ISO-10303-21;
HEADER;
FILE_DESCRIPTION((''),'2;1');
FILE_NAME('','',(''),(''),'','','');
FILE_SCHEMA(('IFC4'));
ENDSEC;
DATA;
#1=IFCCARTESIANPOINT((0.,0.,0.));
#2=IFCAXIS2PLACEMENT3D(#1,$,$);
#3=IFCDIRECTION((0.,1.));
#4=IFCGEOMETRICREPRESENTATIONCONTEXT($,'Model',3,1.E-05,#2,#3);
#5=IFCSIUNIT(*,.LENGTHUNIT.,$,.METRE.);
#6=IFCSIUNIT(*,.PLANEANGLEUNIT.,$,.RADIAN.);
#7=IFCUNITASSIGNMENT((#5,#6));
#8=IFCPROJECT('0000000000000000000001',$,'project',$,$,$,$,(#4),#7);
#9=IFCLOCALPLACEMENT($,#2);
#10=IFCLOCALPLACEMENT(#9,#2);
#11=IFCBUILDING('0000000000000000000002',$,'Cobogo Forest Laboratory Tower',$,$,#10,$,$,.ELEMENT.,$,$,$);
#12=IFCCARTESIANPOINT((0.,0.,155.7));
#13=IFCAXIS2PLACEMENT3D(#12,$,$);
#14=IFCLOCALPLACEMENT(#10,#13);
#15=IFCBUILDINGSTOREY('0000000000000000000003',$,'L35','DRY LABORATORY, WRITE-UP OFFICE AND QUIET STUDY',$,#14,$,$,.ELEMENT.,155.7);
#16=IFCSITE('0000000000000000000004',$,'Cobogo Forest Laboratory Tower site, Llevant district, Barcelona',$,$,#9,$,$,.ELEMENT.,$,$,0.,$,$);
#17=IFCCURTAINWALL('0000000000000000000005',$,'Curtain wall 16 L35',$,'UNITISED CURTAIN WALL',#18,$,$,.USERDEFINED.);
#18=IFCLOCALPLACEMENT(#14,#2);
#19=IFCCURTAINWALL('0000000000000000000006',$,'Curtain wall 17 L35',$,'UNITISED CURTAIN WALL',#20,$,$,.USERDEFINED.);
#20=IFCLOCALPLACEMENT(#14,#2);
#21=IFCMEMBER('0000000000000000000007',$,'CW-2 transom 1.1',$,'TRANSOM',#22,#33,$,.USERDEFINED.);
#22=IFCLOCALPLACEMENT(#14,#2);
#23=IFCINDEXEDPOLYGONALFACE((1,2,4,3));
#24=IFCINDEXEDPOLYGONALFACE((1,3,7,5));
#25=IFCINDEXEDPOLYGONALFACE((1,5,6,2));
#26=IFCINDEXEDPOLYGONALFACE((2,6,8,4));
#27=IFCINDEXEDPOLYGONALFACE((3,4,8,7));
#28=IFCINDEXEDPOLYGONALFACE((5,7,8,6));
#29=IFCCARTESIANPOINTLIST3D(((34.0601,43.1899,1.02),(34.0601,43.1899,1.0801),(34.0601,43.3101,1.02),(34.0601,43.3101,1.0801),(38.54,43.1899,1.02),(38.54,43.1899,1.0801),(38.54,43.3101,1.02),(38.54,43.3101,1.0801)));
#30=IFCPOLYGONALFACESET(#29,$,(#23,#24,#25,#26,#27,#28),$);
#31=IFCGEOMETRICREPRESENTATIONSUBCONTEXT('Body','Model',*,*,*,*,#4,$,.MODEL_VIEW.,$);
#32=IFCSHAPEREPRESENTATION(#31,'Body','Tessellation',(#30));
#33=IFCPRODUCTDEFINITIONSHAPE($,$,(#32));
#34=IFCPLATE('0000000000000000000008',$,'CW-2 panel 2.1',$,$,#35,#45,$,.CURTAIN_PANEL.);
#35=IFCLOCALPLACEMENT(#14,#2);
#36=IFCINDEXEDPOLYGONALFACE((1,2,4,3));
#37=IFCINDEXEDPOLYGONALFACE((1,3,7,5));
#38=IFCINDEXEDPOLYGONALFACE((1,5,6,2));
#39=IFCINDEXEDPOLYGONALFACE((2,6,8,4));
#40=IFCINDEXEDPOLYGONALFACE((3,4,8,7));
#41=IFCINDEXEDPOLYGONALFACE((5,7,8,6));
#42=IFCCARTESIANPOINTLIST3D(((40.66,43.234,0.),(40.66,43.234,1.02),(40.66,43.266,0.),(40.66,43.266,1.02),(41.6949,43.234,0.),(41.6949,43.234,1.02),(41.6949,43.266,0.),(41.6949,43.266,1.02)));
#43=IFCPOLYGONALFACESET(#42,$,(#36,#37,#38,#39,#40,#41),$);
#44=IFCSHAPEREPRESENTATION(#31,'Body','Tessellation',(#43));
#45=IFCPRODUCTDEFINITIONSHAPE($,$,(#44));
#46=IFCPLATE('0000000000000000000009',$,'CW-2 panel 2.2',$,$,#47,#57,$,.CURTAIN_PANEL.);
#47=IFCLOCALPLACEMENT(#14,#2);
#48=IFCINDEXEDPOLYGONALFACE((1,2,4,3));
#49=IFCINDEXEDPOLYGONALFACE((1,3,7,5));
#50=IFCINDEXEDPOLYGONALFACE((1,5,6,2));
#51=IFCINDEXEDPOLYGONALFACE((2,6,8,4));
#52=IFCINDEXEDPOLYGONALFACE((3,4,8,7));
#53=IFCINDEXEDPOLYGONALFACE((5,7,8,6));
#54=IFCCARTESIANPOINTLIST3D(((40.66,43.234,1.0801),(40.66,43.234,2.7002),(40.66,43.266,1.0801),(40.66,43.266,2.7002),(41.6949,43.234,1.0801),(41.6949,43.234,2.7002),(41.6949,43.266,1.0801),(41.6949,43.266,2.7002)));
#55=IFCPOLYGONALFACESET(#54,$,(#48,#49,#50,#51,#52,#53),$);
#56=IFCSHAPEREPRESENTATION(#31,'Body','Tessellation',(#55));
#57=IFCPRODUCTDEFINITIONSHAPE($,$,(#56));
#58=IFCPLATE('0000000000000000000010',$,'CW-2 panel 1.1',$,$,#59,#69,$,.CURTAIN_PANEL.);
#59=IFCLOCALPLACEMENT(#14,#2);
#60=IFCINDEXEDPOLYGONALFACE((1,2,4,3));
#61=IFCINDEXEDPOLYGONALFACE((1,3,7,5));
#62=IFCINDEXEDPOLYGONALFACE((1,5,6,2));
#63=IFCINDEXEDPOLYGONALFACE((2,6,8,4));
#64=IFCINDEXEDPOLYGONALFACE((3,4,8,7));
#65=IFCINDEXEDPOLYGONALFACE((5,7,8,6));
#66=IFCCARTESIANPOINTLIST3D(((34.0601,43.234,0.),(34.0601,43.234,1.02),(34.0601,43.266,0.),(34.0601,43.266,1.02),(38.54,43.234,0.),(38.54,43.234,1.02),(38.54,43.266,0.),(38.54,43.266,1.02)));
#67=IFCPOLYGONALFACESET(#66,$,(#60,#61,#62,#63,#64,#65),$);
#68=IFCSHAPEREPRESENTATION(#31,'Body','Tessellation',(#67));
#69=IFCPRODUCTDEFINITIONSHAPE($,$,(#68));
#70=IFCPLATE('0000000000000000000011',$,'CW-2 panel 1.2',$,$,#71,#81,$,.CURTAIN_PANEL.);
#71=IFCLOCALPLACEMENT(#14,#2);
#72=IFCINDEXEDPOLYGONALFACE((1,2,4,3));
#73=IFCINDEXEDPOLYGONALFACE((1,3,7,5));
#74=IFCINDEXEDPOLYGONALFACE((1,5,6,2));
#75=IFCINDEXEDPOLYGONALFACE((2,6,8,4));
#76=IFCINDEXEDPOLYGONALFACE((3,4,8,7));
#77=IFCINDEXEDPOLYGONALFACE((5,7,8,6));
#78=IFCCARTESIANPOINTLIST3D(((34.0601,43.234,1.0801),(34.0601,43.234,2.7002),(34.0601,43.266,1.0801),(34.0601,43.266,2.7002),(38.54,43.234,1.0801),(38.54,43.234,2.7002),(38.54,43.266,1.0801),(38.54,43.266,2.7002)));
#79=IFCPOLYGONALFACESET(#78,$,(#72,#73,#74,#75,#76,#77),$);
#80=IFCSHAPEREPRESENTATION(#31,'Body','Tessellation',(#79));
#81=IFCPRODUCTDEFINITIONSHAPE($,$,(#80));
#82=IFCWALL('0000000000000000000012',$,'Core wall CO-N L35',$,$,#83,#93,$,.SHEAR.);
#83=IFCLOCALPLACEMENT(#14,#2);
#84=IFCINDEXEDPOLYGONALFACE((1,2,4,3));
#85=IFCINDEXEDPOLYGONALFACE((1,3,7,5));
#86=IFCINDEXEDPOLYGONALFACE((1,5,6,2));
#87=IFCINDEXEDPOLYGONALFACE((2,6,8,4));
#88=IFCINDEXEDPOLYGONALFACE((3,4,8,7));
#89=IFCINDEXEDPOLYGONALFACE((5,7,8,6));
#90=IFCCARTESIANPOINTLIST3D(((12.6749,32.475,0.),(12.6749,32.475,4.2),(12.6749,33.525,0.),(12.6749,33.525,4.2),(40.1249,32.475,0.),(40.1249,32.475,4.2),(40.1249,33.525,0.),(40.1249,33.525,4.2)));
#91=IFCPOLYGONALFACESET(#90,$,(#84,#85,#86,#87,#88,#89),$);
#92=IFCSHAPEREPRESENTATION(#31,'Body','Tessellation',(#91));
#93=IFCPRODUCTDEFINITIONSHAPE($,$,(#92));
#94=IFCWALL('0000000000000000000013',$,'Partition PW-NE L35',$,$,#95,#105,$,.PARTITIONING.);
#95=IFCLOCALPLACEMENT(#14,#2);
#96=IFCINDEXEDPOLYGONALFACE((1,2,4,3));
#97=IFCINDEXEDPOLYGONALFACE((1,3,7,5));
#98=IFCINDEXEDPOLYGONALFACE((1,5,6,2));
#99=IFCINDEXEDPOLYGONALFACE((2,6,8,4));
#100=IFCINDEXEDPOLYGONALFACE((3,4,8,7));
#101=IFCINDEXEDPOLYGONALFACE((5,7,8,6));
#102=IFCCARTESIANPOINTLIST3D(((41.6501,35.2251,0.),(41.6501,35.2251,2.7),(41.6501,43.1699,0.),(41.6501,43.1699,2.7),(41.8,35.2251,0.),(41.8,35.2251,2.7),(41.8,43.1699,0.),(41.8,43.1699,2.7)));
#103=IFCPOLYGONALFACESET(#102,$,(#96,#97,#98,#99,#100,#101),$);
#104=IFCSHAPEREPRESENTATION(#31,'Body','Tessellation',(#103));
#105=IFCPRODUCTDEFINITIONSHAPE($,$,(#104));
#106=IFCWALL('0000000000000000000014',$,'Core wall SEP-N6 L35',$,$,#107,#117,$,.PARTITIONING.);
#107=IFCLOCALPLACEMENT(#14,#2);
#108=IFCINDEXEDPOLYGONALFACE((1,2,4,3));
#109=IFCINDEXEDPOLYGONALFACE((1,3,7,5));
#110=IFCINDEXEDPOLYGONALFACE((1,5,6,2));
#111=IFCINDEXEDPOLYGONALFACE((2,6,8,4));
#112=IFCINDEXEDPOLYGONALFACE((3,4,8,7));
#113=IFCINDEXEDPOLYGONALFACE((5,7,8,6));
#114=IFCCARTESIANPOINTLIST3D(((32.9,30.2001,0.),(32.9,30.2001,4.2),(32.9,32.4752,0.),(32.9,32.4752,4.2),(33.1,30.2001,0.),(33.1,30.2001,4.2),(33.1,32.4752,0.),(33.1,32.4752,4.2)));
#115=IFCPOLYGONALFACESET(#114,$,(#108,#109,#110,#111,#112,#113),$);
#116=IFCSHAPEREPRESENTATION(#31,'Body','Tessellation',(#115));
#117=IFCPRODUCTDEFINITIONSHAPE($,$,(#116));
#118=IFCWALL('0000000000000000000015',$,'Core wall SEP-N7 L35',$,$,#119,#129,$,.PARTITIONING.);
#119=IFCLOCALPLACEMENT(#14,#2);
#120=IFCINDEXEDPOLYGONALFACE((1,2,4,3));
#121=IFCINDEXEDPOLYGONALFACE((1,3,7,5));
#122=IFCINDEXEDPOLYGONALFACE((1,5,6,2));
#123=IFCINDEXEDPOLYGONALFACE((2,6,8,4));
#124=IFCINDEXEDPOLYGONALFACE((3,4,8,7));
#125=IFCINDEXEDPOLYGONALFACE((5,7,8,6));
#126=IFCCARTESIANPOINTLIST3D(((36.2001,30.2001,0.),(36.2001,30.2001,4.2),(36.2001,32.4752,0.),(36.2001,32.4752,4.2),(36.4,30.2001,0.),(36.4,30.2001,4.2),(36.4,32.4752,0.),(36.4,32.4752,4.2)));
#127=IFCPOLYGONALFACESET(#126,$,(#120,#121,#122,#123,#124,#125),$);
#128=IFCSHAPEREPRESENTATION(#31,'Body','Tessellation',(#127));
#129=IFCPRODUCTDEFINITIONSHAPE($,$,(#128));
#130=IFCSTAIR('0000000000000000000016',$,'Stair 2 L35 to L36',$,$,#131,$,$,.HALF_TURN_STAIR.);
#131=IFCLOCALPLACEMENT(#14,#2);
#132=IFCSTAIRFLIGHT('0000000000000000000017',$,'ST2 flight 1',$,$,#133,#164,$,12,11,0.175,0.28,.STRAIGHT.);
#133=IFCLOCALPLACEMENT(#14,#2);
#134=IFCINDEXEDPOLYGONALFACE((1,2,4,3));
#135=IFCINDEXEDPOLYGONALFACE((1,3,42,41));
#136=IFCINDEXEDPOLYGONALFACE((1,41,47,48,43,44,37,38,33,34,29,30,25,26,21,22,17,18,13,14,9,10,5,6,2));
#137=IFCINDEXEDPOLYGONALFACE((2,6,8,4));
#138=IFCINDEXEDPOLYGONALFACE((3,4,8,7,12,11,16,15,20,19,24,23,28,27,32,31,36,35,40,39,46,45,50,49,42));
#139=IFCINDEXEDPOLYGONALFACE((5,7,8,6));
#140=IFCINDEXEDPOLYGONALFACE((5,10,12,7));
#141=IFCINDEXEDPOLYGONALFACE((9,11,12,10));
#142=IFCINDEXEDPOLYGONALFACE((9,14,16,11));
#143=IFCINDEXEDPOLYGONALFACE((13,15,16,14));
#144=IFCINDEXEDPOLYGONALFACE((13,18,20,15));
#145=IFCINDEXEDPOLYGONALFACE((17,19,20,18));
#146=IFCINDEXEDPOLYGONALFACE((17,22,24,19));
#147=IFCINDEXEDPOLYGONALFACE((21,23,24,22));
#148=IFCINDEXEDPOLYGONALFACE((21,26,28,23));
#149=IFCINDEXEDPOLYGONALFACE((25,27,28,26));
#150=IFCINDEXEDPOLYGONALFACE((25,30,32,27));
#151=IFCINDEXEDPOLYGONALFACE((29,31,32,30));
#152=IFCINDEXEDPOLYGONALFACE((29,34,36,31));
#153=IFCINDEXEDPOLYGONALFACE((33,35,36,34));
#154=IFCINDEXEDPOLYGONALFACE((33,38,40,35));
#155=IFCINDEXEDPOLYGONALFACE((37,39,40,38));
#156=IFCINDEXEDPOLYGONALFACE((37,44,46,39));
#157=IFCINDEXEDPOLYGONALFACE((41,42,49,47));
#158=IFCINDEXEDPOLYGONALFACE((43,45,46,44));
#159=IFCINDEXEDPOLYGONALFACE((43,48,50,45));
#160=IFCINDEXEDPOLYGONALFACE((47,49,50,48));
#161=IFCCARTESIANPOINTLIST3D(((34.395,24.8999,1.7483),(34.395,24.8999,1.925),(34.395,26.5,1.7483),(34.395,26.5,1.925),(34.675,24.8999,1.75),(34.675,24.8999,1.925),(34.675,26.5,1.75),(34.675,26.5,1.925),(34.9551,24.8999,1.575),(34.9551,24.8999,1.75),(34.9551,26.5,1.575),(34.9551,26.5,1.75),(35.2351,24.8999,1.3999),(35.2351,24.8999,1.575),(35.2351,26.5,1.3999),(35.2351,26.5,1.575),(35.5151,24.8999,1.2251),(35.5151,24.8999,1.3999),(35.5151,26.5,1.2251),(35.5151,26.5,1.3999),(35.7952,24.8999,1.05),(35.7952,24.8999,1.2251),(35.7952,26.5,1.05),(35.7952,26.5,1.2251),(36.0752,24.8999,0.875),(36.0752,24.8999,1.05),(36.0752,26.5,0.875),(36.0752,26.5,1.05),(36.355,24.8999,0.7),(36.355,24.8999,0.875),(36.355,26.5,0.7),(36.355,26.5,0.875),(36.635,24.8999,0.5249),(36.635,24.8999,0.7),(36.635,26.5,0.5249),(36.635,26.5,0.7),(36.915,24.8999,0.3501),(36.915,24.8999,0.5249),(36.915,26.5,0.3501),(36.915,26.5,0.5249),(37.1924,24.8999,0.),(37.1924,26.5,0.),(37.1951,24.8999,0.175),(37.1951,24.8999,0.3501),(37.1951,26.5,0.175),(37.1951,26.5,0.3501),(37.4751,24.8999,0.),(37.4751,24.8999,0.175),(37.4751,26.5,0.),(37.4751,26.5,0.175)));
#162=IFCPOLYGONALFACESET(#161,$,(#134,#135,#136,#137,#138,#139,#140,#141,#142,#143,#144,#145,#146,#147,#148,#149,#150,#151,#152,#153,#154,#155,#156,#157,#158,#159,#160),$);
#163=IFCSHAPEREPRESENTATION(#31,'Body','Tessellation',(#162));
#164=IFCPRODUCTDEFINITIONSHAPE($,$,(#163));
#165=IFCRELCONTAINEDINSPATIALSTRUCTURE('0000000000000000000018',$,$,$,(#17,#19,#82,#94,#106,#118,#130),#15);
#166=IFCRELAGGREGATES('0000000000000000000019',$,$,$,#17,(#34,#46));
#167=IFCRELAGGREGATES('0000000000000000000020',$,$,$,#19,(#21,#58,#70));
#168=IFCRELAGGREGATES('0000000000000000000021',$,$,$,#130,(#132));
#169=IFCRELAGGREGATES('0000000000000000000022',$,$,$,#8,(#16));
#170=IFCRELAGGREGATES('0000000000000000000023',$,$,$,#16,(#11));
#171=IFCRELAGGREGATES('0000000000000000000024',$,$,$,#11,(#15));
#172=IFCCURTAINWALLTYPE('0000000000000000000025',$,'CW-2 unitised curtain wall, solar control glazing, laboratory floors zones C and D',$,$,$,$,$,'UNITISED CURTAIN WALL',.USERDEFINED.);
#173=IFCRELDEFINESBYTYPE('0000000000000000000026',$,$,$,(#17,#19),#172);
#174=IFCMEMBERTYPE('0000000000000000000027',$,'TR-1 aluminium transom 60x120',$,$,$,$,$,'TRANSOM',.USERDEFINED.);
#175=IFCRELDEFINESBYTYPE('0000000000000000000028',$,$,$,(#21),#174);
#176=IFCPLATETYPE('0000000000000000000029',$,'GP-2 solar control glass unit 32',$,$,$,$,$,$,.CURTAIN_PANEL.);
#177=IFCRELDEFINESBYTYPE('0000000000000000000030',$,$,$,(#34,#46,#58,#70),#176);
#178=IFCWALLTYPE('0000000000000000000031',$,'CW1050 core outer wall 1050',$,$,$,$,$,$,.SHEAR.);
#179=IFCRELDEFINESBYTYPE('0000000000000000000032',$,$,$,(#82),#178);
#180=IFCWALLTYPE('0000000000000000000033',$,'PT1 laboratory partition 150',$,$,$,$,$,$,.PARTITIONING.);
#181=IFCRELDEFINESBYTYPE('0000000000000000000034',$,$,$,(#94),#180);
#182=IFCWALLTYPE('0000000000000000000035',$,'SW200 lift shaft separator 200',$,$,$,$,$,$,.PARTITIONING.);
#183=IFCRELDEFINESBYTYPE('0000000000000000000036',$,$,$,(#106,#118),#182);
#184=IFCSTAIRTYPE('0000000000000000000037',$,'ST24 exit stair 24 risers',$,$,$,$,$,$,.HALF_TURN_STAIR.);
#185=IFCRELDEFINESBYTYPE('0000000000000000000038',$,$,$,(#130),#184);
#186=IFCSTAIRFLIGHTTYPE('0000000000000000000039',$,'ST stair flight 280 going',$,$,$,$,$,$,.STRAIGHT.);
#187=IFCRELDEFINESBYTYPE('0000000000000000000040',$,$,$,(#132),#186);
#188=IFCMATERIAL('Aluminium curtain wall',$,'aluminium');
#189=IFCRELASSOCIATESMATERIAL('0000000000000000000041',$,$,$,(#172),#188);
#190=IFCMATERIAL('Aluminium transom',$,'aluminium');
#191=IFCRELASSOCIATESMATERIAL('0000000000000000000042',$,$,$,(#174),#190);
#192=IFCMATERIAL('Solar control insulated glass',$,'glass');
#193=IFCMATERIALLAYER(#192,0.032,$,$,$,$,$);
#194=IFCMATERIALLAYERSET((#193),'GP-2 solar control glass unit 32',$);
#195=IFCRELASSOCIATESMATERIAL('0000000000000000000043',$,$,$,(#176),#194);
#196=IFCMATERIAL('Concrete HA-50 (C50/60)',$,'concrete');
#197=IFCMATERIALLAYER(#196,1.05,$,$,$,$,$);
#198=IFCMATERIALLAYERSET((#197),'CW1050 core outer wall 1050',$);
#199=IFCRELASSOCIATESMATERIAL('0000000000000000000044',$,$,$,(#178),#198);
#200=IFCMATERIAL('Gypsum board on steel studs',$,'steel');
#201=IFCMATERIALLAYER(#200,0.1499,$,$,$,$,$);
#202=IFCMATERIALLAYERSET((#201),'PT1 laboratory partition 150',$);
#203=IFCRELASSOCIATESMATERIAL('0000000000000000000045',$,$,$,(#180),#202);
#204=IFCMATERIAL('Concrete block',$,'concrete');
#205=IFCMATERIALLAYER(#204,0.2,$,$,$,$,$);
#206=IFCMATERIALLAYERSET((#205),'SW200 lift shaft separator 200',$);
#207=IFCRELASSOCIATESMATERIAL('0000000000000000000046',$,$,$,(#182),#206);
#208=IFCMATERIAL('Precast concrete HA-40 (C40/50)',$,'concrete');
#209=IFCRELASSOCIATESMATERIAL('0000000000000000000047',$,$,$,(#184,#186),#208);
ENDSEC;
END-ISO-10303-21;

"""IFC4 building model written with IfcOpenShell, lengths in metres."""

from ifc_helpers import new_model, si_unit, direction, frame, frame_2d, origin, origin_2d, place, context, subcontext, project, spatial, polyline, rectangle, outline, extrude, material, layer, layer_set, material_profile, profile_set, type_object, element, aggregate, save


model = new_model("IFC4")

# Units and contexts
model_context = context("Model", 3, precision=1e-05, world=origin(), true_north=direction((0.0, 1.0)))
body_context = subcontext(model_context, "Body", "Model", "MODEL_VIEW")
ifc_project = project(units=[si_unit("LENGTHUNIT", "METRE"), si_unit("PLANEANGLEUNIT", "RADIAN")], contexts=[model_context])

# Site, building, storey
site_placement = place(None, origin())
site = spatial("IfcSite", under=ifc_project, at=site_placement, Name="Cobogo Forest Laboratory Tower site, Llevant district, Barcelona", CompositionType="ELEMENT", RefElevation=0.0)
building_placement = place(site_placement, origin())
building = spatial("IfcBuilding", under=site, at=building_placement, Name="Cobogo Forest Laboratory Tower", CompositionType="ELEMENT")
storey_placement = place(building_placement, frame((0.0, 0.0, 155.7)))
storey = spatial("IfcBuildingStorey", under=building, at=storey_placement, Name="L35", Description="DRY LABORATORY, WRITE-UP OFFICE AND QUIET STUDY", CompositionType="ELEMENT", Elevation=155.7)

# Shared definitions
ifc_material_1 = material(Name="Concrete HA-50 (C50/60)", Category="concrete")

# Curtain walls
ifc_material_2 = material(Name="Aluminium curtain wall", Category="aluminium")
curtain_wall_type = type_object("IfcCurtainWallType", Name="CW-2 unitised curtain wall, solar control glazing, laboratory floors zones C and D", ElementType="UNITISED CURTAIN WALL", PredefinedType="USERDEFINED", material=ifc_material_2)
curtain_wall_1_placement = place(storey_placement, origin())
curtain_wall_1 = element("IfcCurtainWall", 1, at=curtain_wall_1_placement, inside=storey, type_object=curtain_wall_type, Name="Curtain wall 16 L35", ObjectType="UNITISED CURTAIN WALL", PredefinedType="USERDEFINED")
curtain_wall_2_placement = place(storey_placement, origin())
curtain_wall_2 = element("IfcCurtainWall", 2, at=curtain_wall_2_placement, inside=storey, type_object=curtain_wall_type, Name="Curtain wall 17 L35", ObjectType="UNITISED CURTAIN WALL", PredefinedType="USERDEFINED")

# Member
ifc_material_3 = material(Name="Aluminium transom", Category="aluminium")
ifc_material_profile_1 = material_profile(ifc_material_3, rectangle(XDim=0.1201, YDim=0.0601, at=origin_2d()), Name="AL 60x120")
ifc_profile_set_1 = profile_set([ifc_material_profile_1], Name="Aluminium transom")
member_type_1 = type_object("IfcMemberType", Name="TR-1 aluminium transom 60x120", ElementType="TRANSOM", PredefinedType="USERDEFINED", material=ifc_profile_set_1)
member_1_placement = place(storey_placement, frame((38.54, 43.25, 1.05), z_axis=(-1.0, 0.0, 0.0), x_axis=(0.0, -1.0, 0.0)))
member_1 = element("IfcMember", 3, at=member_1_placement, type_object=member_type_1, Name="CW-2 transom 1.1", ObjectType="TRANSOM", PredefinedType="USERDEFINED", context=body_context, shape_type="SweptSolid", body=[
    extrude(rectangle(XDim=0.1201, YDim=0.0601, at=origin_2d()), origin(), (0.0, 0.0, 1.0), 4.48),
])

# Plates
ifc_material_4 = material(Name="Solar control insulated glass", Category="glass")
ifc_layer_1 = layer(ifc_material_4, 0.032)
ifc_layer_set_1 = layer_set([ifc_layer_1], Name="GP-2 solar control glass unit 32")
plate_type_1 = type_object("IfcPlateType", Name="GP-2 solar control glass unit 32", PredefinedType="CURTAIN_PANEL", material=ifc_layer_set_1)
plate_1_placement = place(storey_placement, frame((41.1775, 43.25, 0.0), z_axis=(0.0, 0.0, 1.0), x_axis=(-1.0, 0.0, 0.0)))
plate_1 = element("IfcPlate", 4, at=plate_1_placement, type_object=plate_type_1, Name="CW-2 panel 2.1", PredefinedType="CURTAIN_PANEL", context=body_context, shape_type="SweptSolid", body=[
    extrude(rectangle(XDim=1.0349, YDim=0.032, at=origin_2d()), origin(), (0.0, 0.0, 1.0), 1.02),
])
plate_2_placement = place(storey_placement, frame((41.1775, 43.25, 1.0801), z_axis=(0.0, 0.0, 1.0), x_axis=(-1.0, 0.0, 0.0)))
plate_2 = element("IfcPlate", 5, at=plate_2_placement, type_object=plate_type_1, Name="CW-2 panel 2.2", PredefinedType="CURTAIN_PANEL", context=body_context, shape_type="SweptSolid", body=[
    extrude(rectangle(XDim=1.0349, YDim=0.032, at=origin_2d()), origin(), (0.0, 0.0, 1.0), 1.6201),
])
aggregate(curtain_wall_1, [plate_1, plate_2])
plate_3_placement = place(storey_placement, frame((36.3, 43.25, 0.0), z_axis=(0.0, 0.0, 1.0), x_axis=(-1.0, 0.0, 0.0)))
plate_3 = element("IfcPlate", 6, at=plate_3_placement, type_object=plate_type_1, Name="CW-2 panel 1.1", PredefinedType="CURTAIN_PANEL", context=body_context, shape_type="SweptSolid", body=[
    extrude(rectangle(XDim=4.48, YDim=0.032, at=origin_2d()), origin(), (0.0, 0.0, 1.0), 1.02),
])
plate_4_placement = place(storey_placement, frame((36.3, 43.25, 1.0801), z_axis=(0.0, 0.0, 1.0), x_axis=(-1.0, 0.0, 0.0)))
plate_4 = element("IfcPlate", 7, at=plate_4_placement, type_object=plate_type_1, Name="CW-2 panel 1.2", PredefinedType="CURTAIN_PANEL", context=body_context, shape_type="SweptSolid", body=[
    extrude(rectangle(XDim=4.48, YDim=0.032, at=origin_2d()), origin(), (0.0, 0.0, 1.0), 1.6201),
])
aggregate(curtain_wall_2, [member_1, plate_3, plate_4])

# Wall
ifc_layer_2 = layer(ifc_material_1, 1.05)
ifc_layer_set_2 = layer_set([ifc_layer_2], Name="CW1050 core outer wall 1050")
wall_type_1 = type_object("IfcWallType", Name="CW1050 core outer wall 1050", PredefinedType="SHEAR", material=ifc_layer_set_2)
wall_1_placement = place(storey_placement, frame((40.125, 33.0, 0.0), z_axis=(0.0, 0.0, 1.0), x_axis=(-1.0, 0.0, 0.0)))
element("IfcWall", 8, at=wall_1_placement, inside=storey, type_object=wall_type_1, Name="Core wall CO-N L35", PredefinedType="SHEAR", context=body_context, shape_type="SweptSolid", body=[
    extrude(rectangle(XDim=27.45, YDim=1.05, at=frame_2d((13.7251, 0.0))), origin(), (0.0, 0.0, 1.0), 4.2),
])

# Walls
ifc_material_5 = material(Name="Gypsum board on steel studs", Category="steel")
ifc_layer_3 = layer(ifc_material_5, 0.1499)
ifc_layer_set_3 = layer_set([ifc_layer_3], Name="PT1 laboratory partition 150")
wall_type_2 = type_object("IfcWallType", Name="PT1 laboratory partition 150", PredefinedType="PARTITIONING", material=ifc_layer_set_3)
wall_2_placement = place(storey_placement, frame((41.7251, 43.1699, 0.0), z_axis=(0.0, 0.0, 1.0), x_axis=(0.0, -1.0, 0.0)))
element("IfcWall", 9, at=wall_2_placement, inside=storey, type_object=wall_type_2, Name="Partition PW-NE L35", PredefinedType="PARTITIONING", context=body_context, shape_type="SweptSolid", body=[
    extrude(rectangle(XDim=7.9448, YDim=0.1499, at=frame_2d((3.9724, 0.0))), origin(), (0.0, 0.0, 1.0), 2.7),
])
ifc_material_6 = material(Name="Concrete block", Category="concrete")
ifc_layer_4 = layer(ifc_material_6, 0.2)
ifc_layer_set_4 = layer_set([ifc_layer_4], Name="SW200 lift shaft separator 200")
wall_type_3 = type_object("IfcWallType", Name="SW200 lift shaft separator 200", PredefinedType="PARTITIONING", material=ifc_layer_set_4)
for number, where, z_axis, x_axis, name in (
    (10, (33.0, 30.2, 0.0), (0.0, 0.0, 1.0), (0.0, 1.0, 0.0), "Core wall SEP-N6 L35"),
    (11, (36.3, 30.2, 0.0), (0.0, 0.0, 1.0), (0.0, 1.0, 0.0), "Core wall SEP-N7 L35"),
):
    element("IfcWall", number, at=place(storey_placement, frame(where, z_axis=z_axis, x_axis=x_axis)), inside=storey, type_object=wall_type_3, Name=name, PredefinedType="PARTITIONING", context=body_context, shape_type="SweptSolid", body=[
        extrude(rectangle(XDim=2.2751, YDim=0.2, at=frame_2d((1.1377, 0.0))), origin(), (0.0, 0.0, 1.0), 4.2),
    ])

# Stair, stair flight
ifc_material_7 = material(Name="Precast concrete HA-40 (C40/50)", Category="concrete")
stair_type = type_object("IfcStairType", Name="ST24 exit stair 24 risers", PredefinedType="HALF_TURN_STAIR", material=ifc_material_7)
stair_placement = place(storey_placement, origin())
stair = element("IfcStair", 12, at=stair_placement, inside=storey, type_object=stair_type, Name="Stair 2 L35 to L36", PredefinedType="HALF_TURN_STAIR")
stair_flight_type = type_object("IfcStairFlightType", Name="ST stair flight 280 going", PredefinedType="STRAIGHT", material=ifc_material_7)
stair_flight_placement = place(storey_placement, frame((37.4751, 25.7, 0.0), z_axis=(0.0, 0.0, 1.0), x_axis=(-1.0, 0.0, 0.0)))
stair_flight = element("IfcStairFlight", 13, at=stair_flight_placement, type_object=stair_flight_type, Name="ST2 flight 1", NumberOfRisers=12, NumberOfTreads=11, PredefinedType="STRAIGHT", RiserHeight=0.175, TreadLength=0.28, context=body_context, shape_type="SweptSolid", body=[
    extrude(outline(polyline([(0.0, 0.0), (0.0, 0.175), (0.28, 0.175), (0.28, 0.3501), (0.5601, 0.3501), (0.5601, 0.5249), (0.8401, 0.5249), (0.8401, 0.7), (1.1201, 0.7), (1.1201, 0.875), (1.3999, 0.875), (1.3999, 1.05), (1.6799, 1.05), (1.6799, 1.2251), (1.96, 1.2251), (1.96, 1.3999), (2.24, 1.3999), (2.24, 1.575), (2.52, 1.575), (2.52, 1.75), (2.8, 1.75), (2.8, 1.925), (3.0801, 1.925), (3.0801, 2.1001), (3.0801, 1.7483), (0.2827, 0.0), (0.0, 0.0)])), frame((0.0, 0.8, 0.0), z_axis=(0.0, -1.0, 0.0), x_axis=(1.0, 0.0, 0.0)), (0.0, 0.0, 1.0), 1.6001),
])
aggregate(stair, [stair_flight])

save(model, "model.ifc")
